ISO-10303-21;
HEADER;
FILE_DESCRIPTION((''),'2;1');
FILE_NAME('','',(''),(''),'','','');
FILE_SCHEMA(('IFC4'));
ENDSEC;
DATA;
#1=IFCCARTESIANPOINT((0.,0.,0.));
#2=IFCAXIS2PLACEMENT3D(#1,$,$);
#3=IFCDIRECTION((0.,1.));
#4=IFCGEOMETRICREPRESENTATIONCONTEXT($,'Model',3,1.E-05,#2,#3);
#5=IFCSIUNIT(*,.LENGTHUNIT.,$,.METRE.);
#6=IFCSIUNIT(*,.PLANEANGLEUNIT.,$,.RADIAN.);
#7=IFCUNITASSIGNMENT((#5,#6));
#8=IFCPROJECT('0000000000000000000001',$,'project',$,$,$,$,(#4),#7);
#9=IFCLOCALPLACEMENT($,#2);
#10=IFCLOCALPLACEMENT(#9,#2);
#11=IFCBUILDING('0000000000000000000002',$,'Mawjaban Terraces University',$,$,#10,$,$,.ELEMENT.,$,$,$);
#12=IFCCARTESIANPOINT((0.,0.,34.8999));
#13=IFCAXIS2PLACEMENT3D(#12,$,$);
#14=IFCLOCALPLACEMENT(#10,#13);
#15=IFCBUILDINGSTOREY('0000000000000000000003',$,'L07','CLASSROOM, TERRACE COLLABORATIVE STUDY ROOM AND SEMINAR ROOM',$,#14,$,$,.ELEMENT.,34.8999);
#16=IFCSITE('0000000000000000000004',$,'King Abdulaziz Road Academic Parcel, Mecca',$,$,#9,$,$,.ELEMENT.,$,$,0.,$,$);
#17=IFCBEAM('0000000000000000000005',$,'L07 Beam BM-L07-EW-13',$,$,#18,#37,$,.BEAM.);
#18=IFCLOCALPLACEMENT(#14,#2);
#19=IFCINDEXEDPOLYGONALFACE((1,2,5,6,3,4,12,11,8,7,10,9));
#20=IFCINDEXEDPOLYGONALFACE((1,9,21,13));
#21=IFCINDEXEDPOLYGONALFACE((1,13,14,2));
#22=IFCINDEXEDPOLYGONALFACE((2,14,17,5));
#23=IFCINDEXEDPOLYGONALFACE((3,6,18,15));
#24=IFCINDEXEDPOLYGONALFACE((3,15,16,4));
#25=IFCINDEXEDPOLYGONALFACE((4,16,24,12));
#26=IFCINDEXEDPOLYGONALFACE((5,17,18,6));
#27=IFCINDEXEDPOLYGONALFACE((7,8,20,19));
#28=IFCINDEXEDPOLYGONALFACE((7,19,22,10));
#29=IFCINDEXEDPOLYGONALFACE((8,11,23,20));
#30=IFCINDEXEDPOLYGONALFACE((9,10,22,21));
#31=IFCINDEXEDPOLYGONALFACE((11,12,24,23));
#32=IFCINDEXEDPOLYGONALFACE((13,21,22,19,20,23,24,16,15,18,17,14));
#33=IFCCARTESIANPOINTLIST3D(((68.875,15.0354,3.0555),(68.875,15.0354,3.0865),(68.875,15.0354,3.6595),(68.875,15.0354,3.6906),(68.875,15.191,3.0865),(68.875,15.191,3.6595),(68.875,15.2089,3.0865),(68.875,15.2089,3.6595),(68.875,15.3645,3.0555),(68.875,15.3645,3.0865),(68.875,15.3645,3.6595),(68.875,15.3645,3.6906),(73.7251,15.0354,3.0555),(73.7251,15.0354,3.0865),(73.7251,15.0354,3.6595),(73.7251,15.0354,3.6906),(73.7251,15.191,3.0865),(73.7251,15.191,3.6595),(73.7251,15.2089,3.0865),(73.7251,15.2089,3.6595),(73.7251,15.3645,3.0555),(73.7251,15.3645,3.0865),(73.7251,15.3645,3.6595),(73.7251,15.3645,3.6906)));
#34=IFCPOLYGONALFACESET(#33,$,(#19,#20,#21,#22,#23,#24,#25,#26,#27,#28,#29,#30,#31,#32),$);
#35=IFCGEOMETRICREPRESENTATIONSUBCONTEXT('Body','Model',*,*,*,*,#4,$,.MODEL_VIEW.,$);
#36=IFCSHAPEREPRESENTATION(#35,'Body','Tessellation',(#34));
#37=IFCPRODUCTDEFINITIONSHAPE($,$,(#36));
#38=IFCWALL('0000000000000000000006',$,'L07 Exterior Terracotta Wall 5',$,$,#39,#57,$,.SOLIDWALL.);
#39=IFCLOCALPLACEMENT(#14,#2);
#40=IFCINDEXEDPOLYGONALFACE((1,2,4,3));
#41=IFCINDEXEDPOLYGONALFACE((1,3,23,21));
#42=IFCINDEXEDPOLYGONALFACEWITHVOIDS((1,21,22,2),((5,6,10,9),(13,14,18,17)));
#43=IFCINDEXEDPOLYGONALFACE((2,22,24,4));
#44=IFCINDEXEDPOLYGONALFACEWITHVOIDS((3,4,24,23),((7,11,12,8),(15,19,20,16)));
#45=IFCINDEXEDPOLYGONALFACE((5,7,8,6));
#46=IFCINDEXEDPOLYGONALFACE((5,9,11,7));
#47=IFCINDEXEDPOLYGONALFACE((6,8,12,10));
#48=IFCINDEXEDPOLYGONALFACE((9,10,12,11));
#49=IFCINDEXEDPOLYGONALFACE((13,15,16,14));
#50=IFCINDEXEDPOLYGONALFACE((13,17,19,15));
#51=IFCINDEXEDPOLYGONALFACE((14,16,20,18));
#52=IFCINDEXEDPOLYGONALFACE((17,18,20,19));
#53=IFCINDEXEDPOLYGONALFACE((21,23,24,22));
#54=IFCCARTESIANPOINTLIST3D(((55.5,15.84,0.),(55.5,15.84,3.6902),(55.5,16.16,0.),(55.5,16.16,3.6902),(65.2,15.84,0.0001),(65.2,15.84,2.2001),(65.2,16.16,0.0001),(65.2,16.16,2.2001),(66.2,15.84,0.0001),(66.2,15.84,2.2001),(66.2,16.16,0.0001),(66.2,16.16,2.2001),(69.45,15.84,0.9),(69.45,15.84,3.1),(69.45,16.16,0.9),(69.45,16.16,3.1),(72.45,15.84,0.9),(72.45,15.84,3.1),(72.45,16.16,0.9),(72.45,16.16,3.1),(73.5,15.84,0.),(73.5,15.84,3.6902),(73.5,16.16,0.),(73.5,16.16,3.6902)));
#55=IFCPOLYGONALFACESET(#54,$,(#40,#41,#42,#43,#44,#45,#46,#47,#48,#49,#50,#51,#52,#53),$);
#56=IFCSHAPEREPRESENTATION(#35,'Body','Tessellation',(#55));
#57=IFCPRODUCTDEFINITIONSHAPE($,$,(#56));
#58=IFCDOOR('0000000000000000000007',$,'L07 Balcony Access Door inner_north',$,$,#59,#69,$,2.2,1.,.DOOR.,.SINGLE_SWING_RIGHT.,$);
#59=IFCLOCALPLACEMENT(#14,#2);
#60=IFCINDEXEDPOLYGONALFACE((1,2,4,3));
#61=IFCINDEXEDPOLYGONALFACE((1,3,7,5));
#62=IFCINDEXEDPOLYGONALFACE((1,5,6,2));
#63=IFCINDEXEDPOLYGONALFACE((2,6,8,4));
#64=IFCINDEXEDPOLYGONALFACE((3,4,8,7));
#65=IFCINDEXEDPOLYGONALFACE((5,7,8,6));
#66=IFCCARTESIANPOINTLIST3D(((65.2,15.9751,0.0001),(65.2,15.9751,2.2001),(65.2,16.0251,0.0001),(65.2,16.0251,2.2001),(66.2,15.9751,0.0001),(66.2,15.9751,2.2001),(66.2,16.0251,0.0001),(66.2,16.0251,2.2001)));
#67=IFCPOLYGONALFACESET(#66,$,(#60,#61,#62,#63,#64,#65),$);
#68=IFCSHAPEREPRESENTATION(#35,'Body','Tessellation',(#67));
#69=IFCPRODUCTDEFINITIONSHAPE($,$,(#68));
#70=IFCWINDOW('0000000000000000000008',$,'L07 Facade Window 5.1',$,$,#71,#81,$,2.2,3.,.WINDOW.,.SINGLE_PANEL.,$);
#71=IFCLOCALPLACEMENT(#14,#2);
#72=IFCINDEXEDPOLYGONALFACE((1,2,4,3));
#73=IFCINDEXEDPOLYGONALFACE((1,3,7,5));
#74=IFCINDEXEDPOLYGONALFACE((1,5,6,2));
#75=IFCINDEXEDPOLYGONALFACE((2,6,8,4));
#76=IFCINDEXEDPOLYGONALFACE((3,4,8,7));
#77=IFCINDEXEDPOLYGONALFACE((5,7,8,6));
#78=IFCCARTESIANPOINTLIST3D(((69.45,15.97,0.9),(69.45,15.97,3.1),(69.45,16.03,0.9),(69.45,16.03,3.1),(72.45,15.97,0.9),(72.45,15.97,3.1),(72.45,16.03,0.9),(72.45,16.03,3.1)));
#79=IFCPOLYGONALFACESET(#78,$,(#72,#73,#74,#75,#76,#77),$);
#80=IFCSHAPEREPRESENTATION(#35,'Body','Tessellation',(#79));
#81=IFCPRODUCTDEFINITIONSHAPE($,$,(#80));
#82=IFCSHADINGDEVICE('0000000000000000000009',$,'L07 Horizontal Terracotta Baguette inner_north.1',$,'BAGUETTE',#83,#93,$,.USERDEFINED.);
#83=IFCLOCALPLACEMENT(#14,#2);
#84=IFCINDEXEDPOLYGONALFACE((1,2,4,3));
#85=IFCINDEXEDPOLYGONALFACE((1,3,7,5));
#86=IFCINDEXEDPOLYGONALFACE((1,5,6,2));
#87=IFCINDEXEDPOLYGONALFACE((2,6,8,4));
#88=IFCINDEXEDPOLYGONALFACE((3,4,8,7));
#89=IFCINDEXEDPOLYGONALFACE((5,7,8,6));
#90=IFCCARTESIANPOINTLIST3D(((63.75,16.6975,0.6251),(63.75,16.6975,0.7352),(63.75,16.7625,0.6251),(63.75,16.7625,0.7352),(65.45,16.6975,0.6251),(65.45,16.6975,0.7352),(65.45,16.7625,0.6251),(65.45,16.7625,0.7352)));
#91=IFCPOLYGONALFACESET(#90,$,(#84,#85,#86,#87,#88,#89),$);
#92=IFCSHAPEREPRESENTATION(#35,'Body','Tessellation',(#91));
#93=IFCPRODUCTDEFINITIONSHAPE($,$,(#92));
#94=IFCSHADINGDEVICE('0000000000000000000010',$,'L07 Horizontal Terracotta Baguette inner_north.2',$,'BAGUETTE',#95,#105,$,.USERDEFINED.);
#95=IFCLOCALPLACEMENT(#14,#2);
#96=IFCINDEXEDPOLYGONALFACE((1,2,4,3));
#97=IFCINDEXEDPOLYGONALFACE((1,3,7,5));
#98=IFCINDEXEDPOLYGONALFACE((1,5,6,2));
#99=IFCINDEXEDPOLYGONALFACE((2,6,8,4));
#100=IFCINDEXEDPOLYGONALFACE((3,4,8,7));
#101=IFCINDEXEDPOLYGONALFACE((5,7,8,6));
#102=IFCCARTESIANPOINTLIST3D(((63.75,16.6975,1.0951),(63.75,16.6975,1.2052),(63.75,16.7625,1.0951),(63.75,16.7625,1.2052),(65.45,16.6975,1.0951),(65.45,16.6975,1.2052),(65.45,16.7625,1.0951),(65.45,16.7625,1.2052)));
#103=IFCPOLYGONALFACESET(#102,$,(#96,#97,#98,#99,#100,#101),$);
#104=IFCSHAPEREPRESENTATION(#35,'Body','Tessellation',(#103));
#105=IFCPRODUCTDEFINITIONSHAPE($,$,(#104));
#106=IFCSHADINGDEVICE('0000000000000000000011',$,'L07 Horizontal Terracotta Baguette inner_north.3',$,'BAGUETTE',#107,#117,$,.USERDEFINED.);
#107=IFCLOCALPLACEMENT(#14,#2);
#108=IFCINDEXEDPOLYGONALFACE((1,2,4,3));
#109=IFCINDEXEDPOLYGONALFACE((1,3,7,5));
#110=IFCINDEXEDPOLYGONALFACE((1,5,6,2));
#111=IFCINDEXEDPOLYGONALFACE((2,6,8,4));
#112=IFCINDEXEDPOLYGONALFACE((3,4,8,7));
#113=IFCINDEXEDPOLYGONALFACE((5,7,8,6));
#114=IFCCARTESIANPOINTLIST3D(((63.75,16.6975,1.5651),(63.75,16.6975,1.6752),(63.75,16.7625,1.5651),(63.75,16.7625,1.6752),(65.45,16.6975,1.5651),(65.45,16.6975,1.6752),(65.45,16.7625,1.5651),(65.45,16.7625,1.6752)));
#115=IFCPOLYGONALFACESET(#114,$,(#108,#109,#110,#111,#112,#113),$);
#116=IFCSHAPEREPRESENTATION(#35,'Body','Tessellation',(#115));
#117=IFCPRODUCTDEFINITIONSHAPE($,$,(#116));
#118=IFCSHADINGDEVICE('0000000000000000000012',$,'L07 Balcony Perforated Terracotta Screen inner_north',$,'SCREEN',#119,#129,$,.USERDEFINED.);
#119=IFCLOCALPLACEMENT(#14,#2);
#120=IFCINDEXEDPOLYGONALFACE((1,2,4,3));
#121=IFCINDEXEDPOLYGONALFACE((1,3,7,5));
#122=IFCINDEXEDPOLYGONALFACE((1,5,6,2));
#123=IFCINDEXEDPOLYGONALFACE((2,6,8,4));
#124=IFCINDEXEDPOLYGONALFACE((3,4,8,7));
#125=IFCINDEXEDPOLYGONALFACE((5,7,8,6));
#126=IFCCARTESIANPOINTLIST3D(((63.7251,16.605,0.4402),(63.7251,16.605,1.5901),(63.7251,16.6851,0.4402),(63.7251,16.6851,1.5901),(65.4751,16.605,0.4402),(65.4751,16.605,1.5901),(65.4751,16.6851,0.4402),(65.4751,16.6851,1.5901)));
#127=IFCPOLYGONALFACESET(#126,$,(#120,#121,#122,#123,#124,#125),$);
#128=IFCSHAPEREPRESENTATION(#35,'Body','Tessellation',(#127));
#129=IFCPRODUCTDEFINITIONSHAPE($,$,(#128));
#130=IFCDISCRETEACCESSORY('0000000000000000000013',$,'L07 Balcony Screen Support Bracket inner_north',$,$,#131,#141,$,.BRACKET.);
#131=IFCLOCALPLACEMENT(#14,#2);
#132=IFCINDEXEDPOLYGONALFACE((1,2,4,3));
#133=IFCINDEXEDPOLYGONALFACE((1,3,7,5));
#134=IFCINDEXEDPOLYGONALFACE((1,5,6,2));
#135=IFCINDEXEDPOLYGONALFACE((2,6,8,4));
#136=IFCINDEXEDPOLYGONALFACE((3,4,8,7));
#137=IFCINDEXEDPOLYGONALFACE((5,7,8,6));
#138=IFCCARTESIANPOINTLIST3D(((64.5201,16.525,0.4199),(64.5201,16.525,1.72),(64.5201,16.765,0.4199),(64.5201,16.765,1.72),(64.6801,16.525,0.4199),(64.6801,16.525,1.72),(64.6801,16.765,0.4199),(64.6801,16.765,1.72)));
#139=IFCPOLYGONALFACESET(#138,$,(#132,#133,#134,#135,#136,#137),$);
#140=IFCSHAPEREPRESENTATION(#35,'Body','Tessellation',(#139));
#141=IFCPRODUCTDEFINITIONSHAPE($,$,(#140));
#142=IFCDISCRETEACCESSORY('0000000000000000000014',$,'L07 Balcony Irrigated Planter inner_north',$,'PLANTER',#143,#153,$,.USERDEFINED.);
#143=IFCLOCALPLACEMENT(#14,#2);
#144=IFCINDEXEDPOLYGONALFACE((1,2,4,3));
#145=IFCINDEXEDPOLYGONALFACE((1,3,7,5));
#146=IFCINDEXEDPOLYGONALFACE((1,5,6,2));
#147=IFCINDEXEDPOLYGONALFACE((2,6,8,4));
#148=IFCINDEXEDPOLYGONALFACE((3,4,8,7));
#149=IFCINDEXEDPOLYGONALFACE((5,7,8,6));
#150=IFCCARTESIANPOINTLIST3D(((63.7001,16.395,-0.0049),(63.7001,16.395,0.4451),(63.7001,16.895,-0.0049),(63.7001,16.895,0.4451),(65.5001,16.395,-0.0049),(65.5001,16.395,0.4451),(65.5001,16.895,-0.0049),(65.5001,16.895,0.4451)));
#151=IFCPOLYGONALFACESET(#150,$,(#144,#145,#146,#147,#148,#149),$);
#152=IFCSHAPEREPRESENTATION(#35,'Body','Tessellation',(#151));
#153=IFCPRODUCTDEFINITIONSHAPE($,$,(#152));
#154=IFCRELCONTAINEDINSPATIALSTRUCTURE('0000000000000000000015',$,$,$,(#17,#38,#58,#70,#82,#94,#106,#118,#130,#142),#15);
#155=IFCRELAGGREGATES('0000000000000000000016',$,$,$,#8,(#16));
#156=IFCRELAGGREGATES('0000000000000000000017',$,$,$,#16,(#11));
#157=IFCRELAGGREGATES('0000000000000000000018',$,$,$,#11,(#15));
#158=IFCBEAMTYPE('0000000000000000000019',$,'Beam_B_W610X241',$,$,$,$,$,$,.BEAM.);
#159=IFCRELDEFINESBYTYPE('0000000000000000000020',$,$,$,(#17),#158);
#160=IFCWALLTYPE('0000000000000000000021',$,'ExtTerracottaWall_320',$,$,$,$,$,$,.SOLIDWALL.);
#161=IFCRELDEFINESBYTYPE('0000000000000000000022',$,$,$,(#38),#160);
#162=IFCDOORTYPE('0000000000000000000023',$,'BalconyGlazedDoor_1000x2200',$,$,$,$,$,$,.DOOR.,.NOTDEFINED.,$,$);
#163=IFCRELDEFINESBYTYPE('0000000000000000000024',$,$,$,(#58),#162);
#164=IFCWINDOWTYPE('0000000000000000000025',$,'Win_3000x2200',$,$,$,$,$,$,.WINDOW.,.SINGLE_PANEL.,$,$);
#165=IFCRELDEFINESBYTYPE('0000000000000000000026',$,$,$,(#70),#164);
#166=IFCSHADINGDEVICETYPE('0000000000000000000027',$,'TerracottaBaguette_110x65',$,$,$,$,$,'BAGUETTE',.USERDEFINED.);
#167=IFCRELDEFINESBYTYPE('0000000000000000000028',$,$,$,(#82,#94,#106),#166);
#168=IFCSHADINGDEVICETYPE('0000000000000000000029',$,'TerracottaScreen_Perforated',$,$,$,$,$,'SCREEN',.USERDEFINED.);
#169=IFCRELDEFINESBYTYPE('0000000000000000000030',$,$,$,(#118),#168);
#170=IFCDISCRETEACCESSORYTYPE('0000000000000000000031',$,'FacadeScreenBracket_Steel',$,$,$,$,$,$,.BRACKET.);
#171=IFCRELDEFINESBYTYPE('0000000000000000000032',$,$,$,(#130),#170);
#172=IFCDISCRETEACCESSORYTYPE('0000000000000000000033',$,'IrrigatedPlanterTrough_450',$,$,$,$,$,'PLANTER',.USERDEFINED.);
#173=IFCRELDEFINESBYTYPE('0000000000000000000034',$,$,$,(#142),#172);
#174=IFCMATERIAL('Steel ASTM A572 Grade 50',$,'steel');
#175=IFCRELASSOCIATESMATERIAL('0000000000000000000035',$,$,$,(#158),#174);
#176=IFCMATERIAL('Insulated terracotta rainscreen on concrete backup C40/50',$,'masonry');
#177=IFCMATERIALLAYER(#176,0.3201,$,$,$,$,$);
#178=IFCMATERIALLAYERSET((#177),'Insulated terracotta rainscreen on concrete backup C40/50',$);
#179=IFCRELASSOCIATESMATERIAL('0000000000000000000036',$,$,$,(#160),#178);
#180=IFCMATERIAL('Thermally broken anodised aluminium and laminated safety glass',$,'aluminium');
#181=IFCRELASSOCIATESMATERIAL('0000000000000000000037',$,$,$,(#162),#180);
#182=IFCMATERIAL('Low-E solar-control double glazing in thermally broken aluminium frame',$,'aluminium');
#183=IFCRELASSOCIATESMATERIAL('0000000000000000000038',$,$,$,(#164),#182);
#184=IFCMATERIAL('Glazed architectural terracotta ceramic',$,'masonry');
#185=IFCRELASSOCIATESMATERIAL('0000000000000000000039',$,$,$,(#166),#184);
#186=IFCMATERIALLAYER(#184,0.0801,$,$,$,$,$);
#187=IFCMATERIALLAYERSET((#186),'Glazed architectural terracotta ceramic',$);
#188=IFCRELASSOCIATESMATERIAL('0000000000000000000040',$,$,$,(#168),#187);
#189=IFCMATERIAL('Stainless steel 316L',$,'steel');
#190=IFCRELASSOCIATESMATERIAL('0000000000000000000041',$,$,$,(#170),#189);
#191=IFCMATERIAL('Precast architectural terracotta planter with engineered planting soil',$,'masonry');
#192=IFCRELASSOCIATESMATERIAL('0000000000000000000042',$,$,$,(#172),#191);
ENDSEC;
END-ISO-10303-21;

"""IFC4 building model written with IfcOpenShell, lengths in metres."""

from ifc_helpers import new_model, si_unit, direction, frame, frame_2d, origin, origin_2d, place, context, subcontext, project, spatial, rectangle, i_section, extrude, material, layer, layer_set, material_profile, profile_set, type_object, element, fill, save


model = new_model("IFC4")

# Units and contexts
model_context = context("Model", 3, precision=1e-05, world=origin(), true_north=direction((0.0, 1.0)))
body_context = subcontext(model_context, "Body", "Model", "MODEL_VIEW")
ifc_project = project(units=[si_unit("LENGTHUNIT", "METRE"), si_unit("PLANEANGLEUNIT", "RADIAN")], contexts=[model_context])

# Site, building, storey
site_placement = place(None, origin())
site = spatial("IfcSite", under=ifc_project, at=site_placement, Name="King Abdulaziz Road Academic Parcel, Mecca", CompositionType="ELEMENT", RefElevation=0.0)
building_placement = place(site_placement, origin())
building = spatial("IfcBuilding", under=site, at=building_placement, Name="Mawjaban Terraces University", CompositionType="ELEMENT")
storey_placement = place(building_placement, frame((0.0, 0.0, 34.8999)))
storey = spatial("IfcBuildingStorey", under=building, at=storey_placement, Name="L07", Description="CLASSROOM, TERRACE COLLABORATIVE STUDY ROOM AND SEMINAR ROOM", CompositionType="ELEMENT", Elevation=34.8999)

# Beam
ifc_material_1 = material(Name="Steel ASTM A572 Grade 50", Category="steel")
ifc_material_profile_1 = material_profile(ifc_material_1, i_section(OverallWidth=0.3291, OverallDepth=0.635, WebThickness=0.0178, FlangeThickness=0.031, at=origin_2d()), Name="W610X241")
ifc_profile_set_1 = profile_set([ifc_material_profile_1], Name="Steel ASTM A572 Grade 50")
beam_type_1 = type_object("IfcBeamType", Name="Beam_B_W610X241", PredefinedType="BEAM", material=ifc_profile_set_1)
beam_1_placement = place(storey_placement, frame((68.875, 15.2, 3.373), z_axis=(1.0, 0.0, 0.0), x_axis=(0.0, 1.0, 0.0)))
element("IfcBeam", 1, at=beam_1_placement, inside=storey, type_object=beam_type_1, Name="L07 Beam BM-L07-EW-13", PredefinedType="BEAM", context=body_context, shape_type="SweptSolid", body=[
    extrude(i_section(OverallWidth=0.3291, OverallDepth=0.635, WebThickness=0.0178, FlangeThickness=0.031, at=origin_2d()), origin(), (0.0, 0.0, 1.0), 4.8501),
])

# Wall, openings, door, window
ifc_material_2 = material(Name="Insulated terracotta rainscreen on concrete backup C40/50", Category="masonry")
ifc_layer_1 = layer(ifc_material_2, 0.3201)
ifc_layer_set_1 = layer_set([ifc_layer_1], Name="Insulated terracotta rainscreen on concrete backup C40/50")
wall_type = type_object("IfcWallType", Name="ExtTerracottaWall_320", PredefinedType="SOLIDWALL", material=ifc_layer_set_1)
wall_placement = place(storey_placement, frame((73.5, 16.0, 0.0), z_axis=(0.0, 0.0, 1.0), x_axis=(-1.0, 0.0, 0.0)))
wall = element("IfcWall", 2, at=wall_placement, inside=storey, type_object=wall_type, Name="L07 Exterior Terracotta Wall 5", PredefinedType="SOLIDWALL", context=body_context, shape_type="SweptSolid", body=[
    extrude(rectangle(XDim=18.0, YDim=0.3201, at=frame_2d((9.0, 0.0))), origin(), (0.0, 0.0, 1.0), 3.6902),
])
opening_1_placement = place(wall_placement, frame((7.3, 0.0, 0.0)))
opening_1 = element("IfcOpeningElement", 3, at=opening_1_placement, cuts=wall, PredefinedType="OPENING", context=body_context, shape_type="SweptSolid", body=[
    extrude(rectangle(XDim=1.0, YDim=2.2, at=frame_2d((0.5, 1.1001))), frame((0.0, 0.1699, 0.0), z_axis=(0.0, -1.0, 0.0), x_axis=(1.0, 0.0, 0.0)), (0.0, 0.0, 1.0), 0.3401),
])
opening_2_placement = place(wall_placement, frame((1.05, 0.0, 0.8999)))
opening_2 = element("IfcOpeningElement", 4, at=opening_2_placement, cuts=wall, PredefinedType="OPENING", context=body_context, shape_type="SweptSolid", body=[
    extrude(rectangle(XDim=3.0, YDim=2.2, at=frame_2d((1.5, 1.1001))), frame((0.0, 0.1699, 0.0), z_axis=(0.0, -1.0, 0.0), x_axis=(1.0, 0.0, 0.0)), (0.0, 0.0, 1.0), 0.3401),
])
ifc_material_3 = material(Name="Thermally broken anodised aluminium and laminated safety glass", Category="aluminium")
door_type = type_object("IfcDoorType", Name="BalconyGlazedDoor_1000x2200", OperationType="NOTDEFINED", PredefinedType="DOOR", material=ifc_material_3)
door_placement = place(opening_1_placement, origin())
door = element("IfcDoor", 5, at=door_placement, inside=storey, type_object=door_type, Name="L07 Balcony Access Door inner_north", OperationType="SINGLE_SWING_RIGHT", OverallHeight=2.2, OverallWidth=1.0, PredefinedType="DOOR", context=body_context, shape_type="SweptSolid", body=[
    extrude(rectangle(XDim=1.0, YDim=2.2, at=frame_2d((0.5, 1.1001))), frame((0.0, 0.0249, 0.0), z_axis=(0.0, -1.0, 0.0), x_axis=(1.0, 0.0, 0.0)), (0.0, 0.0, 1.0), 0.05),
])
fill(opening_1, door)
ifc_material_4 = material(Name="Low-E solar-control double glazing in thermally broken aluminium frame", Category="aluminium")
window_type = type_object("IfcWindowType", Name="Win_3000x2200", PartitioningType="SINGLE_PANEL", PredefinedType="WINDOW", material=ifc_material_4)
window_placement = place(opening_2_placement, origin())
window = element("IfcWindow", 6, at=window_placement, inside=storey, type_object=window_type, Name="L07 Facade Window 5.1", OverallHeight=2.2, OverallWidth=3.0, PartitioningType="SINGLE_PANEL", PredefinedType="WINDOW", context=body_context, shape_type="SweptSolid", body=[
    extrude(rectangle(XDim=3.0, YDim=2.2, at=frame_2d((1.5, 1.1001))), frame((0.0, 0.03, 0.0), z_axis=(0.0, -1.0, 0.0), x_axis=(1.0, 0.0, 0.0)), (0.0, 0.0, 1.0), 0.0601),
])
fill(opening_2, window)

# Shading devices
ifc_material_5 = material(Name="Glazed architectural terracotta ceramic", Category="masonry")
ifc_material_profile_2 = material_profile(ifc_material_5, rectangle(XDim=0.0649, YDim=0.1101, at=origin_2d()), Name="TBAG110X65")
ifc_profile_set_2 = profile_set([ifc_material_profile_2], Name="Glazed architectural terracotta ceramic")
shading_device_type_1 = type_object("IfcShadingDeviceType", Name="TerracottaBaguette_110x65", ElementType="BAGUETTE", PredefinedType="USERDEFINED", material=ifc_profile_set_2)
for number, where, z_axis, x_axis, name in (
    (7, (63.75, 16.73, 0.6802), (1.0, 0.0, 0.0), (0.0, 1.0, 0.0), "L07 Horizontal Terracotta Baguette inner_north.1"),
    (8, (63.75, 16.73, 1.1501), (1.0, 0.0, 0.0), (0.0, 1.0, 0.0), "L07 Horizontal Terracotta Baguette inner_north.2"),
    (9, (63.75, 16.73, 1.6201), (1.0, 0.0, 0.0), (0.0, 1.0, 0.0), "L07 Horizontal Terracotta Baguette inner_north.3"),
):
    element("IfcShadingDevice", number, at=place(storey_placement, frame(where, z_axis=z_axis, x_axis=x_axis)), inside=storey, type_object=shading_device_type_1, Name=name, ObjectType="BAGUETTE", PredefinedType="USERDEFINED", context=body_context, shape_type="SweptSolid", body=[
        extrude(rectangle(XDim=0.0649, YDim=0.1101, at=origin_2d()), origin(), (0.0, 0.0, 1.0), 1.7),
    ])
ifc_layer_2 = layer(ifc_material_5, 0.0801)
ifc_layer_set_2 = layer_set([ifc_layer_2], Name="Glazed architectural terracotta ceramic")
shading_device_type_2 = type_object("IfcShadingDeviceType", Name="TerracottaScreen_Perforated", ElementType="SCREEN", PredefinedType="USERDEFINED", material=ifc_layer_set_2)
shading_device_placement = place(storey_placement, frame((64.6001, 16.645, 0.4402), z_axis=(0.0, 0.0, 1.0), x_axis=(1.0, 0.0, 0.0)))
element("IfcShadingDevice", 10, at=shading_device_placement, inside=storey, type_object=shading_device_type_2, Name="L07 Balcony Perforated Terracotta Screen inner_north", ObjectType="SCREEN", PredefinedType="USERDEFINED", context=body_context, shape_type="SweptSolid", body=[
    extrude(rectangle(XDim=1.75, YDim=0.0801, at=origin_2d()), origin(), (0.0, 0.0, 1.0), 1.1499),
])

# Discrete accessories
ifc_material_6 = material(Name="Stainless steel 316L", Category="steel")
discrete_accessory_type_1 = type_object("IfcDiscreteAccessoryType", Name="FacadeScreenBracket_Steel", PredefinedType="BRACKET", material=ifc_material_6)
discrete_accessory_1_placement = place(storey_placement, frame((64.6001, 16.645, 0.4199), z_axis=(0.0, 0.0, 1.0), x_axis=(1.0, 0.0, 0.0)))
element("IfcDiscreteAccessory", 11, at=discrete_accessory_1_placement, inside=storey, type_object=discrete_accessory_type_1, Name="L07 Balcony Screen Support Bracket inner_north", PredefinedType="BRACKET", context=body_context, shape_type="SweptSolid", body=[
    extrude(rectangle(XDim=0.1599, YDim=0.24, at=origin_2d()), origin(), (0.0, 0.0, 1.0), 1.3),
])
ifc_material_7 = material(Name="Precast architectural terracotta planter with engineered planting soil", Category="masonry")
discrete_accessory_type_2 = type_object("IfcDiscreteAccessoryType", Name="IrrigatedPlanterTrough_450", ElementType="PLANTER", PredefinedType="USERDEFINED", material=ifc_material_7)
discrete_accessory_2_placement = place(storey_placement, frame((64.6001, 16.645, -0.0049), z_axis=(0.0, 0.0, 1.0), x_axis=(1.0, 0.0, 0.0)))
element("IfcDiscreteAccessory", 12, at=discrete_accessory_2_placement, inside=storey, type_object=discrete_accessory_type_2, Name="L07 Balcony Irrigated Planter inner_north", ObjectType="PLANTER", PredefinedType="USERDEFINED", context=body_context, shape_type="SweptSolid", body=[
    extrude(rectangle(XDim=1.8, YDim=0.5, at=origin_2d()), origin(), (0.0, 0.0, 1.0), 0.45),
])

save(model, "model.ifc")
